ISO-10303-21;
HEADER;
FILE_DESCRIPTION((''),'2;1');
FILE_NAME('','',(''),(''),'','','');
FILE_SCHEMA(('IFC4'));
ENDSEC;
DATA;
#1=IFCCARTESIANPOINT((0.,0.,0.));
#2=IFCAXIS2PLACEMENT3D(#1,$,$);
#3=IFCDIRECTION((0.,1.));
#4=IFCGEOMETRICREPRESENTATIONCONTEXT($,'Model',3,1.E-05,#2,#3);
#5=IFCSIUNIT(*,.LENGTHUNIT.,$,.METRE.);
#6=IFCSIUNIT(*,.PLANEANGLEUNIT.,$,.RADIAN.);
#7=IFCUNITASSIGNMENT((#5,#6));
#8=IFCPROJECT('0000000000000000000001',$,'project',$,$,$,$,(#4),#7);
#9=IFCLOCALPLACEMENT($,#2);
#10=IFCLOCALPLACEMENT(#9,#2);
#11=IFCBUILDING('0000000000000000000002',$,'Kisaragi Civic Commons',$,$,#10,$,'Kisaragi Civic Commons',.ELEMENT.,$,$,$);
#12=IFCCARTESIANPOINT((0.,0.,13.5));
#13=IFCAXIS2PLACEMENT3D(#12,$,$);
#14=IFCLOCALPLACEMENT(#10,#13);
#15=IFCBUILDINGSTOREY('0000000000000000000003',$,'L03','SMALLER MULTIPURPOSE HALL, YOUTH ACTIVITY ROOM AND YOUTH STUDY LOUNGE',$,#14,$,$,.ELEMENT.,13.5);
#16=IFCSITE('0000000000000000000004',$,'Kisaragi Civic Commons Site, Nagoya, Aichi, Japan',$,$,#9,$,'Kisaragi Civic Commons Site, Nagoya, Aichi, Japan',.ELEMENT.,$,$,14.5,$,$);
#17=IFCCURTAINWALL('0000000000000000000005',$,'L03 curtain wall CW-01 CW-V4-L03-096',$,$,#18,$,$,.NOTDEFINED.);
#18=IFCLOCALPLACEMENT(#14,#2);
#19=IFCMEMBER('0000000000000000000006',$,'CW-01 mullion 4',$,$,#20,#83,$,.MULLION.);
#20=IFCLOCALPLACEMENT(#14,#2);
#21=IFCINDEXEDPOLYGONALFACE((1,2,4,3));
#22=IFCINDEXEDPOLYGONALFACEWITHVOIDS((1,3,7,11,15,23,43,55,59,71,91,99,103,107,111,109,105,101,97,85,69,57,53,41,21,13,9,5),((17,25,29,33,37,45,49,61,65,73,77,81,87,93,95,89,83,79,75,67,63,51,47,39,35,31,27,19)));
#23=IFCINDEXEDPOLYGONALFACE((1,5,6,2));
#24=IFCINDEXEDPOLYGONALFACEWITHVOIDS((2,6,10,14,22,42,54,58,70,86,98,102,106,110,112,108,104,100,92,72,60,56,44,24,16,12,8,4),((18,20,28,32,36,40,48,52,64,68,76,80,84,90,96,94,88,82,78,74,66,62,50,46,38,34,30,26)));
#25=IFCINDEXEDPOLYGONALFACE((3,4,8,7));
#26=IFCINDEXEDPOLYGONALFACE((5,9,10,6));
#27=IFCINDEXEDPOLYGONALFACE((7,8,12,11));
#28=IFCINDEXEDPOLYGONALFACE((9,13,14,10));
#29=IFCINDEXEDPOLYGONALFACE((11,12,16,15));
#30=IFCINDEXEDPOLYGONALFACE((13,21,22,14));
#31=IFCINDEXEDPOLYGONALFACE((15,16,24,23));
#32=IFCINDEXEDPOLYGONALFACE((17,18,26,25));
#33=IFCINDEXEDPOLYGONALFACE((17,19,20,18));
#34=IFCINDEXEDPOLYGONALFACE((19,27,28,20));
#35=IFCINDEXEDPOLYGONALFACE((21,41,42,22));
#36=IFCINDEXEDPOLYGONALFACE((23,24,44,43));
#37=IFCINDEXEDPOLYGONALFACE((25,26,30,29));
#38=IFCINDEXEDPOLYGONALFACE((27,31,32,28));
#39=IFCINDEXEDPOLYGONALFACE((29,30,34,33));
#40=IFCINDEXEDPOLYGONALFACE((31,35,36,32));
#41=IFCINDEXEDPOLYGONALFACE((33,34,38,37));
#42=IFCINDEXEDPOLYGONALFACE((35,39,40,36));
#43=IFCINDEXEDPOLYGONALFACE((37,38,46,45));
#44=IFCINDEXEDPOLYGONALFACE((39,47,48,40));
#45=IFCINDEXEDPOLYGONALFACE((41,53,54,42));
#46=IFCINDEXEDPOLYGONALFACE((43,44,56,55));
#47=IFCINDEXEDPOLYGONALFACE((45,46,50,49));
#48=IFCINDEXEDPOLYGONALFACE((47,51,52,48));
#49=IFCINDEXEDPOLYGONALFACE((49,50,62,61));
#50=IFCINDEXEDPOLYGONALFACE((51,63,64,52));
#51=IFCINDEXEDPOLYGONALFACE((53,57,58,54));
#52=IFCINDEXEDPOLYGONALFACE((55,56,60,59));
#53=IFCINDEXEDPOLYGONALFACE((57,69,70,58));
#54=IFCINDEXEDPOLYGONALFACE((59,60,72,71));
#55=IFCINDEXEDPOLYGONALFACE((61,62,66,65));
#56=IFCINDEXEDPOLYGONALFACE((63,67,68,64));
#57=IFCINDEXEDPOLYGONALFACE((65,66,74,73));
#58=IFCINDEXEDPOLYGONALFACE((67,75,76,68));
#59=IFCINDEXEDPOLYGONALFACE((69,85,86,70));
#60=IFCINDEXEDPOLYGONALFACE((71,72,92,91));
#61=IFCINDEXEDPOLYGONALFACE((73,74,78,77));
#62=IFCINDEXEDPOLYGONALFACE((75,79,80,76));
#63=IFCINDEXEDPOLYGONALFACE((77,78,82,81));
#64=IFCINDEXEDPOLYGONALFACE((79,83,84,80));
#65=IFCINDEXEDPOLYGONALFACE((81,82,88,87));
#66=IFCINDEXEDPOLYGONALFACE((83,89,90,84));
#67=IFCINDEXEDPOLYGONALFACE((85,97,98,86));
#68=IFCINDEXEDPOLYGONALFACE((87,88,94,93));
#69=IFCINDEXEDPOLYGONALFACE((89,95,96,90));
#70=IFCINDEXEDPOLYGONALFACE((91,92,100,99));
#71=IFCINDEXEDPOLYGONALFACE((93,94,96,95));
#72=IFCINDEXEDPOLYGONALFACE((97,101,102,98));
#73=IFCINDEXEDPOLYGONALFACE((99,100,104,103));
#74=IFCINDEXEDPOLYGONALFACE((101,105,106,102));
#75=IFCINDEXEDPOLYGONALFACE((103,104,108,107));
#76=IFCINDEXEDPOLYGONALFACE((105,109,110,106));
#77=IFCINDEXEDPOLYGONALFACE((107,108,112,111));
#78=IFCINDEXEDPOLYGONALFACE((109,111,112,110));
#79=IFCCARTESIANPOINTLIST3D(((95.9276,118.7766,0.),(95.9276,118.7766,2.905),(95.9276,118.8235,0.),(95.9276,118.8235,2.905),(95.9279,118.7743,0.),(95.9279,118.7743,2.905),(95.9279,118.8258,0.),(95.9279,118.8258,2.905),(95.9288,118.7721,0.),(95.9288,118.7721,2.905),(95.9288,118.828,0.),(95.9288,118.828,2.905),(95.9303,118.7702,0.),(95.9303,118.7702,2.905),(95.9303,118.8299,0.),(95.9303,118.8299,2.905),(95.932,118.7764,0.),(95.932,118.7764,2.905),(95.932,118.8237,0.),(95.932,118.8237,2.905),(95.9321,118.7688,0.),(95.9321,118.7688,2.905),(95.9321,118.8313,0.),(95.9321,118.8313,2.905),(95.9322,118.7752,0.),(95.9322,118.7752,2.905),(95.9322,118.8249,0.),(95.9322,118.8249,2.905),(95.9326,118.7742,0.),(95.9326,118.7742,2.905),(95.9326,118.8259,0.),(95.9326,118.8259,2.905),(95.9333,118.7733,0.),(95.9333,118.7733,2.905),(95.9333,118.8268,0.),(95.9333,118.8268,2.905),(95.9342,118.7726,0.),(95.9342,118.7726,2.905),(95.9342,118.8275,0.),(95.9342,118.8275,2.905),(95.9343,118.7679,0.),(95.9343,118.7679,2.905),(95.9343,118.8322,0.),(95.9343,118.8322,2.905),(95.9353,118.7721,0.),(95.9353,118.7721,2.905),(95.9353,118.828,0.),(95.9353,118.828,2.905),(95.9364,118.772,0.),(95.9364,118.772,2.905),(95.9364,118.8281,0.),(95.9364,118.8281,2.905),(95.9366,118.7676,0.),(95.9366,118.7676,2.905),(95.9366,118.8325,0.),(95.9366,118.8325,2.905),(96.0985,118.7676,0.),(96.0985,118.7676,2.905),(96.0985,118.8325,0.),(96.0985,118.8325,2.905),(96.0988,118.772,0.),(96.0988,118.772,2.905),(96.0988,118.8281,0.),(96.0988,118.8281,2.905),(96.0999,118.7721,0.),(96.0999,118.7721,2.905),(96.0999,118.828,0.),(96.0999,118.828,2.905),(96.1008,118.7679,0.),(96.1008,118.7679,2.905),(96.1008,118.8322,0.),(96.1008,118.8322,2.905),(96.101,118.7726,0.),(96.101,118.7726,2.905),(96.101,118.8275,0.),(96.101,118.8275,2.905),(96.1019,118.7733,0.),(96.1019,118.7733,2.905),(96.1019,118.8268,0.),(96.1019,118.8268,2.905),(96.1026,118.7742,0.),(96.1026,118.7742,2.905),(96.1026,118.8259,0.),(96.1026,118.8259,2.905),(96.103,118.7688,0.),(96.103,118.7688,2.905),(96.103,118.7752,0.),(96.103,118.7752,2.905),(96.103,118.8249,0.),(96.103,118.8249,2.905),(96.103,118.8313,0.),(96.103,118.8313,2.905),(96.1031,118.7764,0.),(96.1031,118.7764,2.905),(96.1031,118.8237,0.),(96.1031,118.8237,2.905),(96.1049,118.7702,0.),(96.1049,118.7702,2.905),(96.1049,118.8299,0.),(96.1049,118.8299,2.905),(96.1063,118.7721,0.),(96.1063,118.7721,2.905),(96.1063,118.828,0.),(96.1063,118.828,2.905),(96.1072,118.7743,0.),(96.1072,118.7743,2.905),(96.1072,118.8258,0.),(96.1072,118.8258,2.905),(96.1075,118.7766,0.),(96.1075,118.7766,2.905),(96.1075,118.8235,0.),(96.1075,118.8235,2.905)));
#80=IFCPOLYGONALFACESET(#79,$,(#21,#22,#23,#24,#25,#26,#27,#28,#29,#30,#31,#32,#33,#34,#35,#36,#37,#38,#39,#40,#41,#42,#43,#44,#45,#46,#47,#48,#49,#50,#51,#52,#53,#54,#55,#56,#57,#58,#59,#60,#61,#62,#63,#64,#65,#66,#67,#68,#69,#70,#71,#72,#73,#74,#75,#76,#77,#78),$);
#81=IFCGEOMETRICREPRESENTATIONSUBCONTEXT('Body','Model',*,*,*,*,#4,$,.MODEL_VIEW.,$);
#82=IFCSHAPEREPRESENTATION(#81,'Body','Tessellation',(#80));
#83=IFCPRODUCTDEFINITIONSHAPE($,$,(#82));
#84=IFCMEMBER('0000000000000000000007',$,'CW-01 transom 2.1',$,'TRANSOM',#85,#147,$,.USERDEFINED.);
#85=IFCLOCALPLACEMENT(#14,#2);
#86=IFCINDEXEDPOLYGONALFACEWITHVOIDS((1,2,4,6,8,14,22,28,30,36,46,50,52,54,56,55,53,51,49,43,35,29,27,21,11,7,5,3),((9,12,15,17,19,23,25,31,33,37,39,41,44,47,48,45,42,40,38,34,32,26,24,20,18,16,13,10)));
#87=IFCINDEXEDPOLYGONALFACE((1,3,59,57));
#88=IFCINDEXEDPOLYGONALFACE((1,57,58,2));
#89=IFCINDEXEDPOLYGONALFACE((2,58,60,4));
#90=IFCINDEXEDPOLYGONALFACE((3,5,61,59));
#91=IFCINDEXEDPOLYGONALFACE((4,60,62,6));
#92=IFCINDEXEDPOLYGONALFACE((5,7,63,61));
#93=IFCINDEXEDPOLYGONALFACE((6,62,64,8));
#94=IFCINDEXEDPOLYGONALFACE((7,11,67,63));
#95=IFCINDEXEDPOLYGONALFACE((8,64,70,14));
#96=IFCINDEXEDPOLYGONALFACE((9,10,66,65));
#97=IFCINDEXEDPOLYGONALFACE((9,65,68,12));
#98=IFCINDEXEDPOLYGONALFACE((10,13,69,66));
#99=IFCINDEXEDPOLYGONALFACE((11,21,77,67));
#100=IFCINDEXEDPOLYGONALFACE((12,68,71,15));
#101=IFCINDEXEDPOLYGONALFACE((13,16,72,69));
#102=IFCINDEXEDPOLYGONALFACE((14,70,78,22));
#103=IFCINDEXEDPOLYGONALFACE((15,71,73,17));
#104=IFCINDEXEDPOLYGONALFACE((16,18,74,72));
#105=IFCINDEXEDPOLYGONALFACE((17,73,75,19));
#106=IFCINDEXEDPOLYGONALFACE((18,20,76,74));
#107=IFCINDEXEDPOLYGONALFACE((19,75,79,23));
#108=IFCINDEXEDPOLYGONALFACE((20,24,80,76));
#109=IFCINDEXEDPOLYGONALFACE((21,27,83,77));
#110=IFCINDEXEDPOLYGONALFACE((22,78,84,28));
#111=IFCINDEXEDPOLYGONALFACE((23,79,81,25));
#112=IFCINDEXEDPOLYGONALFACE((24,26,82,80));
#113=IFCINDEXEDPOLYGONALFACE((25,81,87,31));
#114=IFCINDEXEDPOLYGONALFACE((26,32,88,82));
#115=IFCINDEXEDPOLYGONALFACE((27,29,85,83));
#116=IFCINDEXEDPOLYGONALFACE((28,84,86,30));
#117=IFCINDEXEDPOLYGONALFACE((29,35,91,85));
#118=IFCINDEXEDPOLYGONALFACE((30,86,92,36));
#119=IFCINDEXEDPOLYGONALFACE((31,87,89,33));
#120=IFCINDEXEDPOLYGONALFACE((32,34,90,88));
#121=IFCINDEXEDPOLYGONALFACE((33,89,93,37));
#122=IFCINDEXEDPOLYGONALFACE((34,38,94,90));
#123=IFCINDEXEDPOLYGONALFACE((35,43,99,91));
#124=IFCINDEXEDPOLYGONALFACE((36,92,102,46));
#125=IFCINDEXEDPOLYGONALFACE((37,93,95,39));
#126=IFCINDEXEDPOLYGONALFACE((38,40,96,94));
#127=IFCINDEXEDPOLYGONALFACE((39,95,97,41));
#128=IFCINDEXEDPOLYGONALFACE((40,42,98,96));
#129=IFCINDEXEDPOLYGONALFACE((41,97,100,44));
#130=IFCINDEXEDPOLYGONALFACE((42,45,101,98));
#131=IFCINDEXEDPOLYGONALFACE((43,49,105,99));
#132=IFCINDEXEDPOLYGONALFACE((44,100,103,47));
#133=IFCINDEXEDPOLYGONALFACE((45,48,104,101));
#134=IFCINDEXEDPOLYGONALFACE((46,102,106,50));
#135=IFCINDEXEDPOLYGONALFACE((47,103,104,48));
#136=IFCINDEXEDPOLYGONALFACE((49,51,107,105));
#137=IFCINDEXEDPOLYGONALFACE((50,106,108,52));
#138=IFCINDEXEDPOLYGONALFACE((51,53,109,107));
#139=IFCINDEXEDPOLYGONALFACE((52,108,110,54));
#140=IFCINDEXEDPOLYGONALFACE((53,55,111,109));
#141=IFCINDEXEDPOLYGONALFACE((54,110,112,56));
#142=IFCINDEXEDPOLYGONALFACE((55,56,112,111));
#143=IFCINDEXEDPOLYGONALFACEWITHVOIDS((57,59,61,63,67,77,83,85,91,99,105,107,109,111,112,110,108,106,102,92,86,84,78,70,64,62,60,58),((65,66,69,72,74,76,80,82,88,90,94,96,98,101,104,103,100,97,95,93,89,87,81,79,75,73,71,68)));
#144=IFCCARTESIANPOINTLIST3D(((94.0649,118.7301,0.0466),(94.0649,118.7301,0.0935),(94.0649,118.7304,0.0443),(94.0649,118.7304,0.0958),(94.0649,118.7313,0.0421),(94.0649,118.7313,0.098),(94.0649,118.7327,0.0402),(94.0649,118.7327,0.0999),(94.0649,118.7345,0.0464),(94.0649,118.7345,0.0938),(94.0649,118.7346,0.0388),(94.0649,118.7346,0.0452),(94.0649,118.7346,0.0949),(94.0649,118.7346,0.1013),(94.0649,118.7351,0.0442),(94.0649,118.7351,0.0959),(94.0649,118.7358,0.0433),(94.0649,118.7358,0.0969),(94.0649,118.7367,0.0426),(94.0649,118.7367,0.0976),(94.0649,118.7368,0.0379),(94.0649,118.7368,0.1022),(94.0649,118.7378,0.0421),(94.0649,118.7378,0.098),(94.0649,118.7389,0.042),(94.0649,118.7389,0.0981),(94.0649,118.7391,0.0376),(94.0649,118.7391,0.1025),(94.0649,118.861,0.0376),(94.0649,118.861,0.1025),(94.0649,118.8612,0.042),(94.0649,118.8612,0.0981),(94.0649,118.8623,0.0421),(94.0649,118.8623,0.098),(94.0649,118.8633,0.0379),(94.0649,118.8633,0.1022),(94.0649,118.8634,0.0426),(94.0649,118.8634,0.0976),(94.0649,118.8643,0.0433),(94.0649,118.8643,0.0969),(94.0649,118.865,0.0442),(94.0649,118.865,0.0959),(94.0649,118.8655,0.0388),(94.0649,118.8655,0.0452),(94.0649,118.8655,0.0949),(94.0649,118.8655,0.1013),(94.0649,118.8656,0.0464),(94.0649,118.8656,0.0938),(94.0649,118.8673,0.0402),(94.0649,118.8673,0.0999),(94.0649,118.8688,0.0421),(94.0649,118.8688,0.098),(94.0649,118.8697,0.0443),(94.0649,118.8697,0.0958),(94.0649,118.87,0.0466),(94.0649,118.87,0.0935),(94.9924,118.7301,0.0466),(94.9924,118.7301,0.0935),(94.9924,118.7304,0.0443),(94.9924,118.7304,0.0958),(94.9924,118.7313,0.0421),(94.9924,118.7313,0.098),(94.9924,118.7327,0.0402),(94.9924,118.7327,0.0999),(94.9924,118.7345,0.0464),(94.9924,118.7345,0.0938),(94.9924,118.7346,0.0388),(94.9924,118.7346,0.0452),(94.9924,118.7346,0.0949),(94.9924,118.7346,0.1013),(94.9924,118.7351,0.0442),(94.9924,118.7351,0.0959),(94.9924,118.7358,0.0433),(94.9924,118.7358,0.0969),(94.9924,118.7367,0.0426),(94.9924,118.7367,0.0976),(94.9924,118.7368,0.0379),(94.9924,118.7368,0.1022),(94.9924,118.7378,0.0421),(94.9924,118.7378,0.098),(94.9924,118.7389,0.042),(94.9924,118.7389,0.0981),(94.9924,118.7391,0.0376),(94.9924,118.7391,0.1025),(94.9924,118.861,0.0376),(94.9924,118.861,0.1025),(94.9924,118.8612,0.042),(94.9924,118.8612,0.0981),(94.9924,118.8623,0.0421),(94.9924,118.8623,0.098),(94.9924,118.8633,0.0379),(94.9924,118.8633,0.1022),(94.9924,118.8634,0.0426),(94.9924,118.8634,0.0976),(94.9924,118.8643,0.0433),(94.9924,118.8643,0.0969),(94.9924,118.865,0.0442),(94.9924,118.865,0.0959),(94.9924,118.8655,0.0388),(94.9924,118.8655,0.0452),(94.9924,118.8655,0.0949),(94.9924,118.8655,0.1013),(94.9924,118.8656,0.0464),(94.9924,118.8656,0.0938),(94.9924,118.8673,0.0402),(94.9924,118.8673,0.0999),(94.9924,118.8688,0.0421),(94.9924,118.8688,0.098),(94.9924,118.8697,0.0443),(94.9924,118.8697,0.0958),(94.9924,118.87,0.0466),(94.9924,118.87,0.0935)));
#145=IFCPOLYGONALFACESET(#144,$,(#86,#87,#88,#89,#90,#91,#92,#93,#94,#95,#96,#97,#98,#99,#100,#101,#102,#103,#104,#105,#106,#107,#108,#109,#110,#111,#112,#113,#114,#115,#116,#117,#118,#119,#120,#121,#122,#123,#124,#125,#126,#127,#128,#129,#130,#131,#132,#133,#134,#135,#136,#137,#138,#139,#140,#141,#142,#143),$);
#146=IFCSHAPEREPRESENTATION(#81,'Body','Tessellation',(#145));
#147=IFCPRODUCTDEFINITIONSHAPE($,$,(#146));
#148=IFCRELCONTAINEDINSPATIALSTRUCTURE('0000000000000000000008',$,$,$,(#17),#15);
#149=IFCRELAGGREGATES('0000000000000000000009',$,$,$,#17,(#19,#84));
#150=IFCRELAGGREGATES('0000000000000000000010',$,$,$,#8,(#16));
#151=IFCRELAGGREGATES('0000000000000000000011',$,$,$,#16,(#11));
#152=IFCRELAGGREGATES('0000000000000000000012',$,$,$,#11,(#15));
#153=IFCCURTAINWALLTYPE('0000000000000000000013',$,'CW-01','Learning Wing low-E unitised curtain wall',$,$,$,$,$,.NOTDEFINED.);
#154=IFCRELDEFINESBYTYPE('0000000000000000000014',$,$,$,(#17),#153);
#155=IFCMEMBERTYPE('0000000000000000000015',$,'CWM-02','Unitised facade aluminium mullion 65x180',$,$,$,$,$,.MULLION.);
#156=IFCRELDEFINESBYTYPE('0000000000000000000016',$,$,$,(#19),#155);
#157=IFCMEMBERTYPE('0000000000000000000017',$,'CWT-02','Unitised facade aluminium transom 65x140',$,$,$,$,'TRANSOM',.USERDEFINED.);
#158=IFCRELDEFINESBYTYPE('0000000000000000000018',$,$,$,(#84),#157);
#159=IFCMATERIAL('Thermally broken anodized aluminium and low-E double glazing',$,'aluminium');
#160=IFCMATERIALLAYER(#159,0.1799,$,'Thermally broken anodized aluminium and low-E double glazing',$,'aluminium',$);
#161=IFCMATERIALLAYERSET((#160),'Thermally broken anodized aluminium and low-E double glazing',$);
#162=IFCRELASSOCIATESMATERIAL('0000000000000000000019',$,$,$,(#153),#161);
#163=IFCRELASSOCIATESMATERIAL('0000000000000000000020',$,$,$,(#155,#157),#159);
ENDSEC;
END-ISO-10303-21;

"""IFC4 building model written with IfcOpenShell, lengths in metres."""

from ifc_helpers import new_model, si_unit, direction, frame, origin, origin_2d, place, context, subcontext, project, spatial, hollow_rectangle, extrude, material, layer, layer_set, material_profile, profile_set, type_object, element, aggregate, save


model = new_model("IFC4")

# Units and contexts
model_context = context("Model", 3, precision=1e-05, world=origin(), true_north=direction((0.0, 1.0)))
body_context = subcontext(model_context, "Body", "Model", "MODEL_VIEW")
ifc_project = project(units=[si_unit("LENGTHUNIT", "METRE"), si_unit("PLANEANGLEUNIT", "RADIAN")], contexts=[model_context])

# Site, building, storey
site_placement = place(None, origin())
site = spatial("IfcSite", under=ifc_project, at=site_placement, Name="Kisaragi Civic Commons Site, Nagoya, Aichi, Japan", LongName="Kisaragi Civic Commons Site, Nagoya, Aichi, Japan", CompositionType="ELEMENT", RefElevation=14.5)
building_placement = place(site_placement, origin())
building = spatial("IfcBuilding", under=site, at=building_placement, Name="Kisaragi Civic Commons", LongName="Kisaragi Civic Commons", CompositionType="ELEMENT")
storey_placement = place(building_placement, frame((0.0, 0.0, 13.5)))
storey = spatial("IfcBuildingStorey", under=building, at=storey_placement, Name="L03", Description="SMALLER MULTIPURPOSE HALL, YOUTH ACTIVITY ROOM AND YOUTH STUDY LOUNGE", CompositionType="ELEMENT", Elevation=13.5)

# Curtain wall, members
ifc_material = material(Name="Thermally broken anodized aluminium and low-E double glazing", Category="aluminium")
ifc_layer_1 = layer(ifc_material, 0.1799, Name="Thermally broken anodized aluminium and low-E double glazing", Category="aluminium")
ifc_layer_set_1 = layer_set([ifc_layer_1], Name="Thermally broken anodized aluminium and low-E double glazing")
curtain_wall_type = type_object("IfcCurtainWallType", Name="CW-01", Description="Learning Wing low-E unitised curtain wall", PredefinedType="NOTDEFINED", material=ifc_layer_set_1)
curtain_wall_placement = place(storey_placement, origin())
curtain_wall = element("IfcCurtainWall", 1, at=curtain_wall_placement, inside=storey, type_object=curtain_wall_type, Name="L03 curtain wall CW-01 CW-V4-L03-096", PredefinedType="NOTDEFINED")
ifc_material_profile_1 = material_profile(ifc_material, hollow_rectangle(XDim=0.0649, YDim=0.1799, WallThickness=0.0044, InnerFilletRadius=0.0044, OuterFilletRadius=0.009, at=origin_2d()), Name="CWM-65x180x4.5", Category="aluminium")
ifc_profile_set_1 = profile_set([ifc_material_profile_1], Name="Thermally broken anodized aluminium and low-E double glazing")
member_type_1 = type_object("IfcMemberType", Name="CWM-02", Description="Unitised facade aluminium mullion 65x180", PredefinedType="MULLION", material=ifc_profile_set_1)
member_1_placement = place(storey_placement, frame((96.0176, 118.8, 0.0), z_axis=(0.0, 0.0, 1.0), x_axis=(0.0, 1.0, 0.0)))
member_1 = element("IfcMember", 2, at=member_1_placement, type_object=member_type_1, Name="CW-01 mullion 4", PredefinedType="MULLION", context=body_context, shape_type="SweptSolid", body=[
    extrude(hollow_rectangle(XDim=0.0649, YDim=0.1799, WallThickness=0.0044, InnerFilletRadius=0.0044, OuterFilletRadius=0.009, at=origin_2d()), origin(), (0.0, 0.0, 1.0), 2.905),
])
ifc_material_profile_2 = material_profile(ifc_material, hollow_rectangle(XDim=0.1399, YDim=0.0649, WallThickness=0.0044, InnerFilletRadius=0.0044, OuterFilletRadius=0.009, at=origin_2d()), Name="CWT-65x140x4.5", Category="aluminium")
ifc_profile_set_2 = profile_set([ifc_material_profile_2], Name="Thermally broken anodized aluminium and low-E double glazing")
member_type_2 = type_object("IfcMemberType", Name="CWT-02", Description="Unitised facade aluminium transom 65x140", ElementType="TRANSOM", PredefinedType="USERDEFINED", material=ifc_profile_set_2)
member_2_placement = place(storey_placement, frame((94.0649, 118.8, 0.0701), z_axis=(1.0, 0.0, 0.0), x_axis=(0.0, 1.0, 0.0)))
member_2 = element("IfcMember", 3, at=member_2_placement, type_object=member_type_2, Name="CW-01 transom 2.1", ObjectType="TRANSOM", PredefinedType="USERDEFINED", context=body_context, shape_type="SweptSolid", body=[
    extrude(hollow_rectangle(XDim=0.1399, YDim=0.0649, WallThickness=0.0044, InnerFilletRadius=0.0044, OuterFilletRadius=0.009, at=origin_2d()), origin(), (0.0, 0.0, 1.0), 0.9275),
])
aggregate(curtain_wall, [member_1, member_2])

save(model, "model.ifc")
